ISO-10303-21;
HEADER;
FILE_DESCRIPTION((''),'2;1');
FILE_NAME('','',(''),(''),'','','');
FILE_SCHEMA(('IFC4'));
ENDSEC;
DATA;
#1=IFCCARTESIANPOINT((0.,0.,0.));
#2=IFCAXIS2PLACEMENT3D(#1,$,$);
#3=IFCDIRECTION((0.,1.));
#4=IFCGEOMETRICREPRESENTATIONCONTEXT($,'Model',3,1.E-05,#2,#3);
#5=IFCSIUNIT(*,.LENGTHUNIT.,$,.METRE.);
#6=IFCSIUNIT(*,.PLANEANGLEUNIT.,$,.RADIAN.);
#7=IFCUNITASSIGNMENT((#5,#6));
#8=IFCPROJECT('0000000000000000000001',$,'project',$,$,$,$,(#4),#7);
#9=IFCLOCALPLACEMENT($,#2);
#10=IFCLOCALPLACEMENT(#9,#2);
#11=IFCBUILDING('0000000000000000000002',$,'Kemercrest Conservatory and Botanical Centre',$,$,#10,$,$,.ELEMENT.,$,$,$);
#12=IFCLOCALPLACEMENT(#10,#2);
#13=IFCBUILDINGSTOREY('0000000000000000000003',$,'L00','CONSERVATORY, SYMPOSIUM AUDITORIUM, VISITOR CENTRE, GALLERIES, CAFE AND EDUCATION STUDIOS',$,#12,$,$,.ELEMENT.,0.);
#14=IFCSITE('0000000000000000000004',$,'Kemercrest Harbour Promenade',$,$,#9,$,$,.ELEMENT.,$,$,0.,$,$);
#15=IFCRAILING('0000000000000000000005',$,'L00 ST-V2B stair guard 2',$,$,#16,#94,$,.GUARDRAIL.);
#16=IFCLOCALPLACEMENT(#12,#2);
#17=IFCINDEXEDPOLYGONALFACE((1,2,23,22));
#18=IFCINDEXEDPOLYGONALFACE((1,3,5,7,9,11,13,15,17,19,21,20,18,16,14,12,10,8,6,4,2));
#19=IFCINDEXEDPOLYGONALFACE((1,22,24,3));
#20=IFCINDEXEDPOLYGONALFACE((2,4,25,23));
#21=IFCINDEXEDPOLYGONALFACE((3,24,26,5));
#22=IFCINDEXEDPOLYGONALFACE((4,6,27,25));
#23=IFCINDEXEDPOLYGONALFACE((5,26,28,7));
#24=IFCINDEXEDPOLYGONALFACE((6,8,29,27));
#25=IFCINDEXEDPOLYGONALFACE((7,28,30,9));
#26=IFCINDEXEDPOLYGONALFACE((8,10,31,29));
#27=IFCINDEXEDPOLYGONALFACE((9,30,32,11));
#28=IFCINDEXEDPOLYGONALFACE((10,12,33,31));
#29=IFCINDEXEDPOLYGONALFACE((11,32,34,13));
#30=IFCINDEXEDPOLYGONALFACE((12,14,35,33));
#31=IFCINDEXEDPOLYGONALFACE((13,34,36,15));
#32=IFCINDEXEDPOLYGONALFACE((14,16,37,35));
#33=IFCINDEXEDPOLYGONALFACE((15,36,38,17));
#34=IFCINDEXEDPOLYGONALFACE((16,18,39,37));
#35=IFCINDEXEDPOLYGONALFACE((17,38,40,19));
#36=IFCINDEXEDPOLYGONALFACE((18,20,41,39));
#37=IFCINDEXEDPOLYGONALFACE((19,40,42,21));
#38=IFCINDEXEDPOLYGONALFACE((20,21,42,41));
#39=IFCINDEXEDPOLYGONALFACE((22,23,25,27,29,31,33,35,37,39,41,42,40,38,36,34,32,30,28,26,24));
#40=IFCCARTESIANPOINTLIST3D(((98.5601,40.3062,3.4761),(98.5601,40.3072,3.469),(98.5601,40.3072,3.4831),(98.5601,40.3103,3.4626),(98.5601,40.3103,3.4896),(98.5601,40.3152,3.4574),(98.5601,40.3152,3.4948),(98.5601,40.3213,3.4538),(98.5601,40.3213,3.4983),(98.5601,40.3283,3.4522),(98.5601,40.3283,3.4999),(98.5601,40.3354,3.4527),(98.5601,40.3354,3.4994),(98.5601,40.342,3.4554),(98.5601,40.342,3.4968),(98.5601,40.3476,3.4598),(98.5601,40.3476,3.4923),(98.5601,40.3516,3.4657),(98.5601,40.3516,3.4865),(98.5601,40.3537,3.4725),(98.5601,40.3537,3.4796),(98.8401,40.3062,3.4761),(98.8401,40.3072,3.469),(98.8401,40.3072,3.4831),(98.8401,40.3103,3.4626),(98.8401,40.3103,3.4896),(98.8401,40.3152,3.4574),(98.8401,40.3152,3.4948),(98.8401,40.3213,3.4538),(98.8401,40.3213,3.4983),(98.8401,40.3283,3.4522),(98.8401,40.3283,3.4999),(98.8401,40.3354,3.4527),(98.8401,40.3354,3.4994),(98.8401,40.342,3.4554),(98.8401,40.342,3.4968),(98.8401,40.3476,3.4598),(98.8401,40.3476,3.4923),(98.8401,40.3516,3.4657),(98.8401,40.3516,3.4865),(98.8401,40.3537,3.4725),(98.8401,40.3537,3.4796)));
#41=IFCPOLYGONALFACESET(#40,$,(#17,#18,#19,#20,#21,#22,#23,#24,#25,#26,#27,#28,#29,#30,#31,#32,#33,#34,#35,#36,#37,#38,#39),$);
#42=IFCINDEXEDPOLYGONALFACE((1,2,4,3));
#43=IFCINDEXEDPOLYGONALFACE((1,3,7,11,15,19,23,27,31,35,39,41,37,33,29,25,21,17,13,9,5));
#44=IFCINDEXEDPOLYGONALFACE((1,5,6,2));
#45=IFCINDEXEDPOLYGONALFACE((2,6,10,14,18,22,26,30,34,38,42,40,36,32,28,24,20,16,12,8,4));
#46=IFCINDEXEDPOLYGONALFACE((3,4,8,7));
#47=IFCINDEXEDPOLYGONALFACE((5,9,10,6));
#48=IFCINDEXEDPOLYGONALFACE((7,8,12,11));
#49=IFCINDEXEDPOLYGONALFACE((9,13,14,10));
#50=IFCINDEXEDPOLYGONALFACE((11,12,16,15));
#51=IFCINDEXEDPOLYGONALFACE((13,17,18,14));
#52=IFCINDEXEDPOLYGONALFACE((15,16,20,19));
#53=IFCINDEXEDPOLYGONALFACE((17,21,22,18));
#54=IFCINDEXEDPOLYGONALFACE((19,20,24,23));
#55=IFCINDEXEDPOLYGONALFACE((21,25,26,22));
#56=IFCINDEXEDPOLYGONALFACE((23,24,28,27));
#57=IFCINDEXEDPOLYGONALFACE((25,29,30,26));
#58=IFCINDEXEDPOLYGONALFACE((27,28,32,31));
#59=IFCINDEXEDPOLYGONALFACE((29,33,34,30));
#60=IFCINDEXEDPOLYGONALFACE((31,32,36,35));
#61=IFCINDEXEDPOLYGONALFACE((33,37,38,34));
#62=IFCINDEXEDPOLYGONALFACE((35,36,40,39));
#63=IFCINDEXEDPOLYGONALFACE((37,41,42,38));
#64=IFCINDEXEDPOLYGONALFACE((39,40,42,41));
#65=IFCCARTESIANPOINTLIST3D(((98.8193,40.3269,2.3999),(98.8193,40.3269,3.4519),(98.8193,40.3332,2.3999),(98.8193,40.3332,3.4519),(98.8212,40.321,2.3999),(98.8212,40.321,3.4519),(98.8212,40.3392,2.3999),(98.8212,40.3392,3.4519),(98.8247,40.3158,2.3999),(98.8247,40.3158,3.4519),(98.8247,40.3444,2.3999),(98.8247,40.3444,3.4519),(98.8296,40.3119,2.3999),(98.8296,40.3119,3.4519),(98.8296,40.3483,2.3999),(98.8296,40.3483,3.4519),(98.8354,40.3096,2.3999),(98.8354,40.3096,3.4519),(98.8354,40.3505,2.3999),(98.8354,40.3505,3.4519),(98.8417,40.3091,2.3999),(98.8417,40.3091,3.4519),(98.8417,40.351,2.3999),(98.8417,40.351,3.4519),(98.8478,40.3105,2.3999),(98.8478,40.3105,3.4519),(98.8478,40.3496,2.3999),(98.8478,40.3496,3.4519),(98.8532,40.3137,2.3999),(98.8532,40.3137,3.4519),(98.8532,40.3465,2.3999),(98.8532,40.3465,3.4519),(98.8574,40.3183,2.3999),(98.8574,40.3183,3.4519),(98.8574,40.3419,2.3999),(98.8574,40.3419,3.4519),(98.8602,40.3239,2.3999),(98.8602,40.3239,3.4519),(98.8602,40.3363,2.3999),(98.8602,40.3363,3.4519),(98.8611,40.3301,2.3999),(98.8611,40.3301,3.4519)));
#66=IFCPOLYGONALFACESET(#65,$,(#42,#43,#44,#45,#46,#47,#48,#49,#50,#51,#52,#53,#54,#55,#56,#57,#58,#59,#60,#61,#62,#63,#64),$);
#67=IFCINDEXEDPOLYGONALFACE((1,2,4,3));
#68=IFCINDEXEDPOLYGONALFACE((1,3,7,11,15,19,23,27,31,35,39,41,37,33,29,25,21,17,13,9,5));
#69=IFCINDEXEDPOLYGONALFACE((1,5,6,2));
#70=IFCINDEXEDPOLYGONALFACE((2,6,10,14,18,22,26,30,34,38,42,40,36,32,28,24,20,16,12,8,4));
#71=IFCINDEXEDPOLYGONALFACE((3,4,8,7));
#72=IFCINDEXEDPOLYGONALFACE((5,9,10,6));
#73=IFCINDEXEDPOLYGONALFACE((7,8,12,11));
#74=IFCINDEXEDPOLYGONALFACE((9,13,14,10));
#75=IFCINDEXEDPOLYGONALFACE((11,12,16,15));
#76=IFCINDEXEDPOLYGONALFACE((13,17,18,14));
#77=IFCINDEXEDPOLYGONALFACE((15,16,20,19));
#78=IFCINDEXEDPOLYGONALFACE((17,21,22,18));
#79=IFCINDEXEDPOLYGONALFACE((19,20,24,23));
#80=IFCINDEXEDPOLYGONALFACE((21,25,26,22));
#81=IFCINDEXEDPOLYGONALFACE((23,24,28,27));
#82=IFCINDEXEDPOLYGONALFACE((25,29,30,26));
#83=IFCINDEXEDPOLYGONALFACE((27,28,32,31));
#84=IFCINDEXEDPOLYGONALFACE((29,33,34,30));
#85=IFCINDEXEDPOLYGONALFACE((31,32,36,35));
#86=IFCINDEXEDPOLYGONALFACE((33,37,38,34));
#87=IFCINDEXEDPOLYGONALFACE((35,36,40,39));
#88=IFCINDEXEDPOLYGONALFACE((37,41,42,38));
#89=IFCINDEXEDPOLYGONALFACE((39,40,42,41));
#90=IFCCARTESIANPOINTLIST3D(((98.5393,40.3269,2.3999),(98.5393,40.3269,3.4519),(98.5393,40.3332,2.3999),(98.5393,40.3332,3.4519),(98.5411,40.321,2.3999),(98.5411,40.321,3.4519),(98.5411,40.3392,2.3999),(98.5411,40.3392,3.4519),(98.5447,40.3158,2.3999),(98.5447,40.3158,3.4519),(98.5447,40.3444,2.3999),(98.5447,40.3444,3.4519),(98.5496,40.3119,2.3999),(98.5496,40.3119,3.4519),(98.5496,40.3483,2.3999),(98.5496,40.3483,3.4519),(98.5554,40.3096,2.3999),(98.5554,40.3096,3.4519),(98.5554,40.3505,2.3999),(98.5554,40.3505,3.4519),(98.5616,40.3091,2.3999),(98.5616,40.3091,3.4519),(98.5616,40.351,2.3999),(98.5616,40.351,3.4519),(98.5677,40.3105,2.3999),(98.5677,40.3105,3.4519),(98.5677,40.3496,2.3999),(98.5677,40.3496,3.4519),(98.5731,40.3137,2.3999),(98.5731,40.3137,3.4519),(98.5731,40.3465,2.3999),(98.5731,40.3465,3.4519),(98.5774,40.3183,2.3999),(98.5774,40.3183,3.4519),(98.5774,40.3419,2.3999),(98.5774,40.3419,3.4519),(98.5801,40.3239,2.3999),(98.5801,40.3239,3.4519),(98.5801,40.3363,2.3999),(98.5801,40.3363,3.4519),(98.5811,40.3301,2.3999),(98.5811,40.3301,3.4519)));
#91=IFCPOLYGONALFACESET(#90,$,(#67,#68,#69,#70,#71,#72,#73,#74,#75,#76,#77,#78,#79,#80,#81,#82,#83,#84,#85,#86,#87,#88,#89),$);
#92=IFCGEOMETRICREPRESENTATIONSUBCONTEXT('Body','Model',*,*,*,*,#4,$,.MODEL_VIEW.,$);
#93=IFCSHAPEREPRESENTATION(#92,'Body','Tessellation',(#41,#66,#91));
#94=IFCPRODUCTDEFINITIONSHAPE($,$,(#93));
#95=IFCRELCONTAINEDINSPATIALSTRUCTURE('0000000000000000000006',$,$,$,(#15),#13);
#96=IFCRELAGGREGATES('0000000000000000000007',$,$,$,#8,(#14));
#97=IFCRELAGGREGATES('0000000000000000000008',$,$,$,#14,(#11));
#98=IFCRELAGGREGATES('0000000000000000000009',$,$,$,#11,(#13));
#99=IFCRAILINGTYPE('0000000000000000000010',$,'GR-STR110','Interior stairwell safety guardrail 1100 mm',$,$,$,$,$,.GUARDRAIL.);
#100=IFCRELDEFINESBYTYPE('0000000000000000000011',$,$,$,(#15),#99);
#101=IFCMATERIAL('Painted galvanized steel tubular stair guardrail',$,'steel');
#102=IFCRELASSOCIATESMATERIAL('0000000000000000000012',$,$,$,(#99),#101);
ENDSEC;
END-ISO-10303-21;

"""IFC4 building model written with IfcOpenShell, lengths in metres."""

from ifc_helpers import new_model, si_unit, direction, frame, origin, origin_2d, place, context, subcontext, project, spatial, circle, extrude, material, type_object, element, save


model = new_model("IFC4")

# Units and contexts
model_context = context("Model", 3, precision=1e-05, world=origin(), true_north=direction((0.0, 1.0)))
body_context = subcontext(model_context, "Body", "Model", "MODEL_VIEW")
ifc_project = project(units=[si_unit("LENGTHUNIT", "METRE"), si_unit("PLANEANGLEUNIT", "RADIAN")], contexts=[model_context])

# Site, building, storey
site_placement = place(None, origin())
site = spatial("IfcSite", under=ifc_project, at=site_placement, Name="Kemercrest Harbour Promenade", CompositionType="ELEMENT", RefElevation=0.0)
building_placement = place(site_placement, origin())
building = spatial("IfcBuilding", under=site, at=building_placement, Name="Kemercrest Conservatory and Botanical Centre", CompositionType="ELEMENT")
storey_placement = place(building_placement, origin())
storey = spatial("IfcBuildingStorey", under=building, at=storey_placement, Name="L00", Description="CONSERVATORY, SYMPOSIUM AUDITORIUM, VISITOR CENTRE, GALLERIES, CAFE AND EDUCATION STUDIOS", CompositionType="ELEMENT", Elevation=0.0)

# Railing
ifc_material_1 = material(Name="Painted galvanized steel tubular stair guardrail", Category="steel")
railing_type_1 = type_object("IfcRailingType", Name="GR-STR110", Description="Interior stairwell safety guardrail 1100 mm", PredefinedType="GUARDRAIL", material=ifc_material_1)
railing_1_placement = place(storey_placement, frame((98.8401, 40.3301, 2.3999)))
element("IfcRailing", 1, at=railing_1_placement, inside=storey, type_object=railing_type_1, Name="L00 ST-V2B stair guard 2", PredefinedType="GUARDRAIL", context=body_context, shape_type="SweptSolid", body=[
    extrude(circle(Radius=0.0239, at=origin_2d()), frame((0.0, 0.0, 1.0762), z_axis=(-1.0, 0.0, 0.0), x_axis=(0.0, -1.0, 0.0)), (0.0, 0.0, 1.0), 0.28),
    extrude(circle(Radius=0.021, at=origin_2d()), origin(), (0.0, 0.0, 1.0), 1.052),
    extrude(circle(Radius=0.021, at=origin_2d()), frame((-0.28, 0.0, 0.0)), (0.0, 0.0, 1.0), 1.052),
])

save(model, "model.ifc")
